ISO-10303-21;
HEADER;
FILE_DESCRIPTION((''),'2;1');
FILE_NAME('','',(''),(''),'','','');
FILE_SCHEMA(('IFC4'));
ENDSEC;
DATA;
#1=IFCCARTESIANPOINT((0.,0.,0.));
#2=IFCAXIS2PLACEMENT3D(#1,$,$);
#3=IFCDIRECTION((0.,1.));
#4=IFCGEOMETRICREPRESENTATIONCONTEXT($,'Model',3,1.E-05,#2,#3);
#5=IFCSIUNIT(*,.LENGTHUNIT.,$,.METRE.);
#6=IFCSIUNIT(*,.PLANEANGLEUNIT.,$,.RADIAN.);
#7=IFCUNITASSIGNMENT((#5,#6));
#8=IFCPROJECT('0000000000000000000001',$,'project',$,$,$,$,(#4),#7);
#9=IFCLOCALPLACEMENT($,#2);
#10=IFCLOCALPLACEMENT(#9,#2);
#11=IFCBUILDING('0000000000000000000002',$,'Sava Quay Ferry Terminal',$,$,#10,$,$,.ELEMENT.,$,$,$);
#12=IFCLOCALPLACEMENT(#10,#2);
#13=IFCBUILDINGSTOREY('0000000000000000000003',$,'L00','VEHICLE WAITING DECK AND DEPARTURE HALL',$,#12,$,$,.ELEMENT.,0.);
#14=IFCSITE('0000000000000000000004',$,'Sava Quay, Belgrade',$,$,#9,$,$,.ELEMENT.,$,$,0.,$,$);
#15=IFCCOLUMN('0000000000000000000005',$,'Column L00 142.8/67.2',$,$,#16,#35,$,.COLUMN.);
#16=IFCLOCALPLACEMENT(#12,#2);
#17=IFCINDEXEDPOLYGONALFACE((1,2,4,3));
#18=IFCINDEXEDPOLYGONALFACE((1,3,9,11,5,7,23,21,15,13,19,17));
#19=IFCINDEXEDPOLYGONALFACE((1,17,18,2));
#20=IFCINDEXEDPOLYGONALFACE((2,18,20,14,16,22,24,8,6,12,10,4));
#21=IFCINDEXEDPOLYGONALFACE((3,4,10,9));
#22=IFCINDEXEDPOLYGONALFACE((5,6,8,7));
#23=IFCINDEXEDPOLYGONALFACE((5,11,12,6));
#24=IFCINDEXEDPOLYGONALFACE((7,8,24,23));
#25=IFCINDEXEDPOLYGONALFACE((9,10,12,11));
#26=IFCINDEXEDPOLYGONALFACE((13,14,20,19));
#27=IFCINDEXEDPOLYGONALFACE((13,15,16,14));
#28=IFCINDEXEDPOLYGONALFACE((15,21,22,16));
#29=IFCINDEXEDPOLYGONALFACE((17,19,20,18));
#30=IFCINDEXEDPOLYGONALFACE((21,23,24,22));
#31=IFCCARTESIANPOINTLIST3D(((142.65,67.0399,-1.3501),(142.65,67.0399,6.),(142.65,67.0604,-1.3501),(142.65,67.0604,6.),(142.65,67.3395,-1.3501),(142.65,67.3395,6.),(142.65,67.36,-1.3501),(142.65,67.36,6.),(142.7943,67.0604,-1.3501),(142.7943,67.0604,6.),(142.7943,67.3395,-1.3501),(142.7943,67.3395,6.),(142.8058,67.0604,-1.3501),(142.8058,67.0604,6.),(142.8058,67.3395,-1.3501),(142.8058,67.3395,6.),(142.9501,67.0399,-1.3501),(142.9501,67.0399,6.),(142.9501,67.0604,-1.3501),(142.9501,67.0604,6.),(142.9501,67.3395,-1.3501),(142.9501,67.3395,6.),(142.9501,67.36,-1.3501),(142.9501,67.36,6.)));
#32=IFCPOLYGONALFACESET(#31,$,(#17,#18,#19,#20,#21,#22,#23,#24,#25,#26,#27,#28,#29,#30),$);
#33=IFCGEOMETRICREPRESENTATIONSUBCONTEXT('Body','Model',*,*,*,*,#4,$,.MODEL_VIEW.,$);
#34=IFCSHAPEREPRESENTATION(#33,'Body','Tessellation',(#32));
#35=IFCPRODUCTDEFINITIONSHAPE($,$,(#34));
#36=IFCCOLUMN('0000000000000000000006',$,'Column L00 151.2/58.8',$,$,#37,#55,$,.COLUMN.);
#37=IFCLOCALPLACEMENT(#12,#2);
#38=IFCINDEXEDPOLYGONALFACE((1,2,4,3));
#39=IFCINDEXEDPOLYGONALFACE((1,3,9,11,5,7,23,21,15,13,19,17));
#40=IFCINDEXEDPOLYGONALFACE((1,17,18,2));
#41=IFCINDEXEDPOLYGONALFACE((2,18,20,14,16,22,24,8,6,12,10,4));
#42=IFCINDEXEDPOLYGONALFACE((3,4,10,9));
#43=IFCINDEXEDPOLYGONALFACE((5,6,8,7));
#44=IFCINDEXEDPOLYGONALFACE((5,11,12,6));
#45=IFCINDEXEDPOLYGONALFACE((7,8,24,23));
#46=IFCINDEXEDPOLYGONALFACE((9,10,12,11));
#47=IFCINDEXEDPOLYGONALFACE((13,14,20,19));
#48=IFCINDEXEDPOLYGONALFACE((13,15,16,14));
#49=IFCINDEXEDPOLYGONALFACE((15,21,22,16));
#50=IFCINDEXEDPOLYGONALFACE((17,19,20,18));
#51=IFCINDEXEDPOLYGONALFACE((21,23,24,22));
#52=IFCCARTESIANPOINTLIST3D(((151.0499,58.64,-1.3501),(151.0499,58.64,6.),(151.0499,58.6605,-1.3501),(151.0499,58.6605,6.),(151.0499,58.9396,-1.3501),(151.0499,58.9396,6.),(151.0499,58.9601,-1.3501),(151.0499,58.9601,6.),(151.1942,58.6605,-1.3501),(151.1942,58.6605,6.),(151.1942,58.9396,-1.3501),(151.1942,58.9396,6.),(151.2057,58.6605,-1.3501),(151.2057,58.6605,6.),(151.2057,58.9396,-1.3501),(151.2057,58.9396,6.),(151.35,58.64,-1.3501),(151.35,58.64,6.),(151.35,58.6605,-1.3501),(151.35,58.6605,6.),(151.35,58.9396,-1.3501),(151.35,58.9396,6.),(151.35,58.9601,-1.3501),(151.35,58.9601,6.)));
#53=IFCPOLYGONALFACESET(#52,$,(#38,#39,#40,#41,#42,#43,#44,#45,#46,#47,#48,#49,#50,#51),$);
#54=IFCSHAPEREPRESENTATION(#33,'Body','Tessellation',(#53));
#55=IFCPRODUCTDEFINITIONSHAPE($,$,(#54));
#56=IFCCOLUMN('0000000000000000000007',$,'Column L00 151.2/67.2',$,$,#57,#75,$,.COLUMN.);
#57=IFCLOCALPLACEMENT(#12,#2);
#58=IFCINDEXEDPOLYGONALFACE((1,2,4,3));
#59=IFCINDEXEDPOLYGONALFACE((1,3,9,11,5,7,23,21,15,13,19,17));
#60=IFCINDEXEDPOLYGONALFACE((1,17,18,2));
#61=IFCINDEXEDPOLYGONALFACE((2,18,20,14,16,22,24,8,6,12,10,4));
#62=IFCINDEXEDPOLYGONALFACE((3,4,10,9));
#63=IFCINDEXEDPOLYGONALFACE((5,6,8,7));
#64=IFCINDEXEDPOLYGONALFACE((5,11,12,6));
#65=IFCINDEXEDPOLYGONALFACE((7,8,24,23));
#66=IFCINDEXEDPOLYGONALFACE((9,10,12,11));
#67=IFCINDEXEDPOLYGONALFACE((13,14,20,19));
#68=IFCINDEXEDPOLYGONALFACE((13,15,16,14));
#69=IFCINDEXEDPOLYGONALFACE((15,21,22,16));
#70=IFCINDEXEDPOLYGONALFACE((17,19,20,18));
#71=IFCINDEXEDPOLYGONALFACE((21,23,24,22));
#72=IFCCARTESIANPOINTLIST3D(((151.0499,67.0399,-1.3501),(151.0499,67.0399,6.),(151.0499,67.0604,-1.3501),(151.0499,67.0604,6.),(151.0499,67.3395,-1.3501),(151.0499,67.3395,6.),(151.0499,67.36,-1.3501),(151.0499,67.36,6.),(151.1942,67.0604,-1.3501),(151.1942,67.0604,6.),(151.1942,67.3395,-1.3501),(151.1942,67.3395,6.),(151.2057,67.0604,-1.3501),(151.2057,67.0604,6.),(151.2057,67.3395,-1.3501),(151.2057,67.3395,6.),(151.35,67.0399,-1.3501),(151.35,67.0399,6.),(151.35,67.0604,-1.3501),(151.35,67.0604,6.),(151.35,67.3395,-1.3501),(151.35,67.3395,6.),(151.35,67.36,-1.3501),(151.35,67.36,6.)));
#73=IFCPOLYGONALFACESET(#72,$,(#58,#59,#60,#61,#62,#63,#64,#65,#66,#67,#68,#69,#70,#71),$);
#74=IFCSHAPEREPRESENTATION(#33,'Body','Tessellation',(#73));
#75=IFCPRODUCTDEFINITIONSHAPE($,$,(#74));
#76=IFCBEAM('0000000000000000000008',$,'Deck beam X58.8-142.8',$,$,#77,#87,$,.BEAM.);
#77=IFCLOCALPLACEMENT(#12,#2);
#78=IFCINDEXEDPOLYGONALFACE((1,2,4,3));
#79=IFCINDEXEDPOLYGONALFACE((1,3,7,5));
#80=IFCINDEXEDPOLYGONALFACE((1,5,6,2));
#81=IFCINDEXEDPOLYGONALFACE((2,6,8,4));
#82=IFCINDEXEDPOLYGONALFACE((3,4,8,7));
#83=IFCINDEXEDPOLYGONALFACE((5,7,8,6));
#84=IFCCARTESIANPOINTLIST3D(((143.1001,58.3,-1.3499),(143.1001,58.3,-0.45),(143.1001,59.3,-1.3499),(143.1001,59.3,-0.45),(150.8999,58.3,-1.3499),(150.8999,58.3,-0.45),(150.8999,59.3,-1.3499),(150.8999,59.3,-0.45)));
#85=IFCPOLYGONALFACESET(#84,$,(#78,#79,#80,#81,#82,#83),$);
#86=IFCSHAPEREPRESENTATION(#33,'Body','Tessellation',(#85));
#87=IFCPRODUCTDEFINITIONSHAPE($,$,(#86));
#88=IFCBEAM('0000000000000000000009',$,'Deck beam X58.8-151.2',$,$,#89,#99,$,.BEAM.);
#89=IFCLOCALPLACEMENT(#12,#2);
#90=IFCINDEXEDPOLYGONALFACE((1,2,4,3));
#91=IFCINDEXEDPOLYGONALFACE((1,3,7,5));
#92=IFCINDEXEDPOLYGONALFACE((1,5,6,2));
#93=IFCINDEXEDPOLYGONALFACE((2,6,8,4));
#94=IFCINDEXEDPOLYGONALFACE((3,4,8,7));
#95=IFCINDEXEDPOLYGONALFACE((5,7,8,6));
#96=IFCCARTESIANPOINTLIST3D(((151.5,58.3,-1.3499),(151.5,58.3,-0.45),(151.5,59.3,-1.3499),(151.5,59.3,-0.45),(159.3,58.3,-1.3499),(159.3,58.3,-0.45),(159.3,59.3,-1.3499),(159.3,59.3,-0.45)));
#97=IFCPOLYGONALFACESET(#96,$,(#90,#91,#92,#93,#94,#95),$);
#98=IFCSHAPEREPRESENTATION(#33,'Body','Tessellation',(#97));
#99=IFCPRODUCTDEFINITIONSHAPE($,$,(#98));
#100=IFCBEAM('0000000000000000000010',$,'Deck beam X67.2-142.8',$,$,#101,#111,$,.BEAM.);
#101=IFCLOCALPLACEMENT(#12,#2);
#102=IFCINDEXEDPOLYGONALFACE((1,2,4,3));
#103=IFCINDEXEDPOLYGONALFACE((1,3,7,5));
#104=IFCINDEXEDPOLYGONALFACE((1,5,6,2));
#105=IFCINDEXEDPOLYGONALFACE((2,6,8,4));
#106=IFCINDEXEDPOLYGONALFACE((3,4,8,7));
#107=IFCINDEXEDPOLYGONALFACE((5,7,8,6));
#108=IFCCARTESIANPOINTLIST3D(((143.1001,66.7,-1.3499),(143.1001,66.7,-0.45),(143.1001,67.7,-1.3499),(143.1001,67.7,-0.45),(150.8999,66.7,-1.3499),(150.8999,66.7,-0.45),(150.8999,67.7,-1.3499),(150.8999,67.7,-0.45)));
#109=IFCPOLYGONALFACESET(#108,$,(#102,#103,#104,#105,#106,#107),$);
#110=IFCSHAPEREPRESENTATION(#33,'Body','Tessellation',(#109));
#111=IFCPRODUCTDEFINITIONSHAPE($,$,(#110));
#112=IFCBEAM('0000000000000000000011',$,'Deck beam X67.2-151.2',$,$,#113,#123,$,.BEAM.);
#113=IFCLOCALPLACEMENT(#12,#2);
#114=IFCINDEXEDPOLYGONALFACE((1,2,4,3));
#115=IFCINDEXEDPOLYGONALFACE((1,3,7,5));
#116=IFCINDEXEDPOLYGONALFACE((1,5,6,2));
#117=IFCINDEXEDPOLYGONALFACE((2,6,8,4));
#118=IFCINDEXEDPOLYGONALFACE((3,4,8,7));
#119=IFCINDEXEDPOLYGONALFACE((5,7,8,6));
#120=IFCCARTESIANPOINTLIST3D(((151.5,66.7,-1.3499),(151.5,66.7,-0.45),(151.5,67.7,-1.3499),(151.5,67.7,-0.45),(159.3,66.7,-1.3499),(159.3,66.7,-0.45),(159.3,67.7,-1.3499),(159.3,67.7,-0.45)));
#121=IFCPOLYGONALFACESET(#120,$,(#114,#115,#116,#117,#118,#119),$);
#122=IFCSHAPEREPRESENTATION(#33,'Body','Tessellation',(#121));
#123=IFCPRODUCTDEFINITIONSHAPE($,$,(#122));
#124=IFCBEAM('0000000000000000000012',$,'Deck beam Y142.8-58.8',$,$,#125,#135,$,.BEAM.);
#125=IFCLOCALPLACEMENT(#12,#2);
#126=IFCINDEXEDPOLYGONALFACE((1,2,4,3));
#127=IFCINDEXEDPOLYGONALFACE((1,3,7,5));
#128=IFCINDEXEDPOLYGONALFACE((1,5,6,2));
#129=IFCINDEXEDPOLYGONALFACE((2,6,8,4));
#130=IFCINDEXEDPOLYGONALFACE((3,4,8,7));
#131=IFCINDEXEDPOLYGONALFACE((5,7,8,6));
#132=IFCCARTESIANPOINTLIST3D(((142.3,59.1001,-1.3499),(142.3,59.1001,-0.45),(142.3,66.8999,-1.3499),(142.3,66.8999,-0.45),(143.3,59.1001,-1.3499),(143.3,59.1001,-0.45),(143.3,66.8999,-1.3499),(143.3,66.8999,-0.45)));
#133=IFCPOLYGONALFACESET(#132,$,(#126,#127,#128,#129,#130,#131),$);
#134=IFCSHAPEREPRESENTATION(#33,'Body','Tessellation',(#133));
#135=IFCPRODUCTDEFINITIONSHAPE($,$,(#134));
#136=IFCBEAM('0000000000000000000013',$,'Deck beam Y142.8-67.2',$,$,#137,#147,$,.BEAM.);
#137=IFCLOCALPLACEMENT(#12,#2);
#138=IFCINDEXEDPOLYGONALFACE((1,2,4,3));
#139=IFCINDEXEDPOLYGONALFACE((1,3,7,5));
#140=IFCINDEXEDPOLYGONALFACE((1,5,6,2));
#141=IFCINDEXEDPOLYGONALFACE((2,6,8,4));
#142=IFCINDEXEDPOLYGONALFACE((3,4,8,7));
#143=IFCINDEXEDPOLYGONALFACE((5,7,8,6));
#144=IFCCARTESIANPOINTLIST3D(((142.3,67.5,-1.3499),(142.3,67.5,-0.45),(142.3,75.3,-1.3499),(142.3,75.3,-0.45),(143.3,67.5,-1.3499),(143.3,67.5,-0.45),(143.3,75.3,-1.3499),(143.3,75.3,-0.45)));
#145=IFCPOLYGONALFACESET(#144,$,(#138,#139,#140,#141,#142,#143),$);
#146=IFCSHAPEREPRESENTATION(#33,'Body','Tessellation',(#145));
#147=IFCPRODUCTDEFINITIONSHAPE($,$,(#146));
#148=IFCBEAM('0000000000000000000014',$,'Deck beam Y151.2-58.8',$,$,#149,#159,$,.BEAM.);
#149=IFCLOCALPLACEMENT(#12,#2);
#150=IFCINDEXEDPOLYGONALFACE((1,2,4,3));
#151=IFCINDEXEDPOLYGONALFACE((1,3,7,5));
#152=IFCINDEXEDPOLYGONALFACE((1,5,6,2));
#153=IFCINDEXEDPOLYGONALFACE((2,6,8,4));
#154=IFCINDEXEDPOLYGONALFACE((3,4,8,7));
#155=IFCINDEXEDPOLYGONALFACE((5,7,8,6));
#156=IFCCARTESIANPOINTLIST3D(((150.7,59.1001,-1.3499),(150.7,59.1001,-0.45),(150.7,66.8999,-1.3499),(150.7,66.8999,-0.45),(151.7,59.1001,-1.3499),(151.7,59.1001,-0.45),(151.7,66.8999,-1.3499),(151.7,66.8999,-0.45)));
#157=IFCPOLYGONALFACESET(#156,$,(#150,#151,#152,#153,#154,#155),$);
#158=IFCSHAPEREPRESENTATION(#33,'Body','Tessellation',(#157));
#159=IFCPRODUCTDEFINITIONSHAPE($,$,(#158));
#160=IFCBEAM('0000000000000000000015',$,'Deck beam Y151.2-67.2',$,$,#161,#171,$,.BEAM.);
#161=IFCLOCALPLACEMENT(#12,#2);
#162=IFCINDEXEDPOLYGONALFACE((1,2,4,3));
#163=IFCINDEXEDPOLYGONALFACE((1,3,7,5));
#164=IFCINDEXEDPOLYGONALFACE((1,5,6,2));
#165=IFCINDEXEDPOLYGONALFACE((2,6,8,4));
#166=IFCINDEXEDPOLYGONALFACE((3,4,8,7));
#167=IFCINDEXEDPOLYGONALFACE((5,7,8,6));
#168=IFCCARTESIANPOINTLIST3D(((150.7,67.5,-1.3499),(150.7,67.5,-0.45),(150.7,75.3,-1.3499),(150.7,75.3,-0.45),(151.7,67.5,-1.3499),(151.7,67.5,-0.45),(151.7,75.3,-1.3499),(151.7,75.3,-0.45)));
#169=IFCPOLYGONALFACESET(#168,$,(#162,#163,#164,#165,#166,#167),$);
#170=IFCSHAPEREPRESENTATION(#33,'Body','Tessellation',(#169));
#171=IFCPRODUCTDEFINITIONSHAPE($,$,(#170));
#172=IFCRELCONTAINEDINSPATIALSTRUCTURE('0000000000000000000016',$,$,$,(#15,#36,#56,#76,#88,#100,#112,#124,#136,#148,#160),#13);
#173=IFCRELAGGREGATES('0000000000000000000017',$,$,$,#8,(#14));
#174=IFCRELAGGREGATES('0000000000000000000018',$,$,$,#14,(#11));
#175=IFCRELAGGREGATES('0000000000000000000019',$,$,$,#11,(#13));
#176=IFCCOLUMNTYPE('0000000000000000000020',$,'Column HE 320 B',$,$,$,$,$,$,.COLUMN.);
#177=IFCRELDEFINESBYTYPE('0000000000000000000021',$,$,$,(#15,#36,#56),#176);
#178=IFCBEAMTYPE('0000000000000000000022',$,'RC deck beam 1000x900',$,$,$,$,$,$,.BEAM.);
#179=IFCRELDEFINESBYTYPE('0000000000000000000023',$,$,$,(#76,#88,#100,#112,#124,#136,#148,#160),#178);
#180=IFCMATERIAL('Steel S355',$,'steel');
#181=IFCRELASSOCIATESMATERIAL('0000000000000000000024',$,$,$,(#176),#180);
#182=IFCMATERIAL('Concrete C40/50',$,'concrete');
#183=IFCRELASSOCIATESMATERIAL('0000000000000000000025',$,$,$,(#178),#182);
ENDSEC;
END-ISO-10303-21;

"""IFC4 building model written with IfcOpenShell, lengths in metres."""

from ifc_helpers import new_model, si_unit, direction, frame, origin, origin_2d, place, context, subcontext, project, spatial, rectangle, i_section, extrude, material, material_profile, profile_set, type_object, element, save


model = new_model("IFC4")

# Units and contexts
model_context = context("Model", 3, precision=1e-05, world=origin(), true_north=direction((0.0, 1.0)))
body_context = subcontext(model_context, "Body", "Model", "MODEL_VIEW")
ifc_project = project(units=[si_unit("LENGTHUNIT", "METRE"), si_unit("PLANEANGLEUNIT", "RADIAN")], contexts=[model_context])

# Site, building, storey
site_placement = place(None, origin())
site = spatial("IfcSite", under=ifc_project, at=site_placement, Name="Sava Quay, Belgrade", CompositionType="ELEMENT", RefElevation=0.0)
building_placement = place(site_placement, origin())
building = spatial("IfcBuilding", under=site, at=building_placement, Name="Sava Quay Ferry Terminal", CompositionType="ELEMENT")
storey_placement = place(building_placement, origin())
storey = spatial("IfcBuildingStorey", under=building, at=storey_placement, Name="L00", Description="VEHICLE WAITING DECK AND DEPARTURE HALL", CompositionType="ELEMENT", Elevation=0.0)

# Columns
ifc_material_1 = material(Name="Steel S355", Category="steel")
ifc_material_profile_1 = material_profile(ifc_material_1, i_section(OverallWidth=0.3, OverallDepth=0.3201, WebThickness=0.0115, FlangeThickness=0.0205, at=origin_2d()), Name="HE 320 B")
ifc_profile_set_1 = profile_set([ifc_material_profile_1], Name="Steel S355")
column_type = type_object("IfcColumnType", Name="Column HE 320 B", PredefinedType="COLUMN", material=ifc_profile_set_1)
for number, where, z_axis, x_axis, name in (
    (1, (142.8, 67.2, -1.3501), (0.0, 0.0, 1.0), (1.0, 0.0, 0.0), "Column L00 142.8/67.2"),
    (2, (151.2, 58.8, -1.3501), (0.0, 0.0, 1.0), (1.0, 0.0, 0.0), "Column L00 151.2/58.8"),
    (3, (151.2, 67.2, -1.3501), (0.0, 0.0, 1.0), (1.0, 0.0, 0.0), "Column L00 151.2/67.2"),
):
    element("IfcColumn", number, at=place(storey_placement, frame(where, z_axis=z_axis, x_axis=x_axis)), inside=storey, type_object=column_type, Name=name, PredefinedType="COLUMN", context=body_context, shape_type="SweptSolid", body=[
        extrude(i_section(OverallWidth=0.3, OverallDepth=0.3201, WebThickness=0.0115, FlangeThickness=0.0205, at=origin_2d()), origin(), (0.0, 0.0, 1.0), 7.3501),
    ])

# Beams
ifc_material_2 = material(Name="Concrete C40/50", Category="concrete")
ifc_material_profile_2 = material_profile(ifc_material_2, rectangle(XDim=1.0, YDim=0.8999, at=origin_2d()), Name="RC 1000x900")
ifc_profile_set_2 = profile_set([ifc_material_profile_2], Name="Concrete C40/50")
beam_type = type_object("IfcBeamType", Name="RC deck beam 1000x900", PredefinedType="BEAM", material=ifc_profile_set_2)
beam_1_placement = place(storey_placement, frame((143.1001, 58.8, -0.8999), z_axis=(1.0, 0.0, 0.0), x_axis=(0.0, 1.0, 0.0)))
element("IfcBeam", 4, at=beam_1_placement, inside=storey, type_object=beam_type, Name="Deck beam X58.8-142.8", PredefinedType="BEAM", context=body_context, shape_type="SweptSolid", body=[
    extrude(rectangle(XDim=1.0, YDim=0.8999, at=origin_2d()), origin(), (0.0, 0.0, 1.0), 7.7998),
])
beam_2_placement = place(storey_placement, frame((151.5, 58.8, -0.8999), z_axis=(1.0, 0.0, 0.0), x_axis=(0.0, 1.0, 0.0)))
element("IfcBeam", 5, at=beam_2_placement, inside=storey, type_object=beam_type, Name="Deck beam X58.8-151.2", PredefinedType="BEAM", context=body_context, shape_type="SweptSolid", body=[
    extrude(rectangle(XDim=1.0, YDim=0.8999, at=origin_2d()), origin(), (0.0, 0.0, 1.0), 7.8),
])
beam_3_placement = place(storey_placement, frame((143.1001, 67.2, -0.8999), z_axis=(1.0, 0.0, 0.0), x_axis=(0.0, 1.0, 0.0)))
element("IfcBeam", 6, at=beam_3_placement, inside=storey, type_object=beam_type, Name="Deck beam X67.2-142.8", PredefinedType="BEAM", context=body_context, shape_type="SweptSolid", body=[
    extrude(rectangle(XDim=1.0, YDim=0.8999, at=origin_2d()), origin(), (0.0, 0.0, 1.0), 7.7998),
])
beam_4_placement = place(storey_placement, frame((151.5, 67.2, -0.8999), z_axis=(1.0, 0.0, 0.0), x_axis=(0.0, 1.0, 0.0)))
element("IfcBeam", 7, at=beam_4_placement, inside=storey, type_object=beam_type, Name="Deck beam X67.2-151.2", PredefinedType="BEAM", context=body_context, shape_type="SweptSolid", body=[
    extrude(rectangle(XDim=1.0, YDim=0.8999, at=origin_2d()), origin(), (0.0, 0.0, 1.0), 7.8),
])
beam_5_placement = place(storey_placement, frame((142.8, 59.1001, -0.8999), z_axis=(0.0, 1.0, 0.0), x_axis=(-1.0, 0.0, 0.0)))
element("IfcBeam", 8, at=beam_5_placement, inside=storey, type_object=beam_type, Name="Deck beam Y142.8-58.8", PredefinedType="BEAM", context=body_context, shape_type="SweptSolid", body=[
    extrude(rectangle(XDim=1.0, YDim=0.8999, at=origin_2d()), origin(), (0.0, 0.0, 1.0), 7.7998),
])
beam_6_placement = place(storey_placement, frame((142.8, 67.5, -0.8999), z_axis=(0.0, 1.0, 0.0), x_axis=(-1.0, 0.0, 0.0)))
element("IfcBeam", 9, at=beam_6_placement, inside=storey, type_object=beam_type, Name="Deck beam Y142.8-67.2", PredefinedType="BEAM", context=body_context, shape_type="SweptSolid", body=[
    extrude(rectangle(XDim=1.0, YDim=0.8999, at=origin_2d()), origin(), (0.0, 0.0, 1.0), 7.8),
])
beam_7_placement = place(storey_placement, frame((151.2, 59.1001, -0.8999), z_axis=(0.0, 1.0, 0.0), x_axis=(-1.0, 0.0, 0.0)))
element("IfcBeam", 10, at=beam_7_placement, inside=storey, type_object=beam_type, Name="Deck beam Y151.2-58.8", PredefinedType="BEAM", context=body_context, shape_type="SweptSolid", body=[
    extrude(rectangle(XDim=1.0, YDim=0.8999, at=origin_2d()), origin(), (0.0, 0.0, 1.0), 7.7998),
])
beam_8_placement = place(storey_placement, frame((151.2, 67.5, -0.8999), z_axis=(0.0, 1.0, 0.0), x_axis=(-1.0, 0.0, 0.0)))
element("IfcBeam", 11, at=beam_8_placement, inside=storey, type_object=beam_type, Name="Deck beam Y151.2-67.2", PredefinedType="BEAM", context=body_context, shape_type="SweptSolid", body=[
    extrude(rectangle(XDim=1.0, YDim=0.8999, at=origin_2d()), origin(), (0.0, 0.0, 1.0), 7.8),
])

save(model, "model.ifc")
